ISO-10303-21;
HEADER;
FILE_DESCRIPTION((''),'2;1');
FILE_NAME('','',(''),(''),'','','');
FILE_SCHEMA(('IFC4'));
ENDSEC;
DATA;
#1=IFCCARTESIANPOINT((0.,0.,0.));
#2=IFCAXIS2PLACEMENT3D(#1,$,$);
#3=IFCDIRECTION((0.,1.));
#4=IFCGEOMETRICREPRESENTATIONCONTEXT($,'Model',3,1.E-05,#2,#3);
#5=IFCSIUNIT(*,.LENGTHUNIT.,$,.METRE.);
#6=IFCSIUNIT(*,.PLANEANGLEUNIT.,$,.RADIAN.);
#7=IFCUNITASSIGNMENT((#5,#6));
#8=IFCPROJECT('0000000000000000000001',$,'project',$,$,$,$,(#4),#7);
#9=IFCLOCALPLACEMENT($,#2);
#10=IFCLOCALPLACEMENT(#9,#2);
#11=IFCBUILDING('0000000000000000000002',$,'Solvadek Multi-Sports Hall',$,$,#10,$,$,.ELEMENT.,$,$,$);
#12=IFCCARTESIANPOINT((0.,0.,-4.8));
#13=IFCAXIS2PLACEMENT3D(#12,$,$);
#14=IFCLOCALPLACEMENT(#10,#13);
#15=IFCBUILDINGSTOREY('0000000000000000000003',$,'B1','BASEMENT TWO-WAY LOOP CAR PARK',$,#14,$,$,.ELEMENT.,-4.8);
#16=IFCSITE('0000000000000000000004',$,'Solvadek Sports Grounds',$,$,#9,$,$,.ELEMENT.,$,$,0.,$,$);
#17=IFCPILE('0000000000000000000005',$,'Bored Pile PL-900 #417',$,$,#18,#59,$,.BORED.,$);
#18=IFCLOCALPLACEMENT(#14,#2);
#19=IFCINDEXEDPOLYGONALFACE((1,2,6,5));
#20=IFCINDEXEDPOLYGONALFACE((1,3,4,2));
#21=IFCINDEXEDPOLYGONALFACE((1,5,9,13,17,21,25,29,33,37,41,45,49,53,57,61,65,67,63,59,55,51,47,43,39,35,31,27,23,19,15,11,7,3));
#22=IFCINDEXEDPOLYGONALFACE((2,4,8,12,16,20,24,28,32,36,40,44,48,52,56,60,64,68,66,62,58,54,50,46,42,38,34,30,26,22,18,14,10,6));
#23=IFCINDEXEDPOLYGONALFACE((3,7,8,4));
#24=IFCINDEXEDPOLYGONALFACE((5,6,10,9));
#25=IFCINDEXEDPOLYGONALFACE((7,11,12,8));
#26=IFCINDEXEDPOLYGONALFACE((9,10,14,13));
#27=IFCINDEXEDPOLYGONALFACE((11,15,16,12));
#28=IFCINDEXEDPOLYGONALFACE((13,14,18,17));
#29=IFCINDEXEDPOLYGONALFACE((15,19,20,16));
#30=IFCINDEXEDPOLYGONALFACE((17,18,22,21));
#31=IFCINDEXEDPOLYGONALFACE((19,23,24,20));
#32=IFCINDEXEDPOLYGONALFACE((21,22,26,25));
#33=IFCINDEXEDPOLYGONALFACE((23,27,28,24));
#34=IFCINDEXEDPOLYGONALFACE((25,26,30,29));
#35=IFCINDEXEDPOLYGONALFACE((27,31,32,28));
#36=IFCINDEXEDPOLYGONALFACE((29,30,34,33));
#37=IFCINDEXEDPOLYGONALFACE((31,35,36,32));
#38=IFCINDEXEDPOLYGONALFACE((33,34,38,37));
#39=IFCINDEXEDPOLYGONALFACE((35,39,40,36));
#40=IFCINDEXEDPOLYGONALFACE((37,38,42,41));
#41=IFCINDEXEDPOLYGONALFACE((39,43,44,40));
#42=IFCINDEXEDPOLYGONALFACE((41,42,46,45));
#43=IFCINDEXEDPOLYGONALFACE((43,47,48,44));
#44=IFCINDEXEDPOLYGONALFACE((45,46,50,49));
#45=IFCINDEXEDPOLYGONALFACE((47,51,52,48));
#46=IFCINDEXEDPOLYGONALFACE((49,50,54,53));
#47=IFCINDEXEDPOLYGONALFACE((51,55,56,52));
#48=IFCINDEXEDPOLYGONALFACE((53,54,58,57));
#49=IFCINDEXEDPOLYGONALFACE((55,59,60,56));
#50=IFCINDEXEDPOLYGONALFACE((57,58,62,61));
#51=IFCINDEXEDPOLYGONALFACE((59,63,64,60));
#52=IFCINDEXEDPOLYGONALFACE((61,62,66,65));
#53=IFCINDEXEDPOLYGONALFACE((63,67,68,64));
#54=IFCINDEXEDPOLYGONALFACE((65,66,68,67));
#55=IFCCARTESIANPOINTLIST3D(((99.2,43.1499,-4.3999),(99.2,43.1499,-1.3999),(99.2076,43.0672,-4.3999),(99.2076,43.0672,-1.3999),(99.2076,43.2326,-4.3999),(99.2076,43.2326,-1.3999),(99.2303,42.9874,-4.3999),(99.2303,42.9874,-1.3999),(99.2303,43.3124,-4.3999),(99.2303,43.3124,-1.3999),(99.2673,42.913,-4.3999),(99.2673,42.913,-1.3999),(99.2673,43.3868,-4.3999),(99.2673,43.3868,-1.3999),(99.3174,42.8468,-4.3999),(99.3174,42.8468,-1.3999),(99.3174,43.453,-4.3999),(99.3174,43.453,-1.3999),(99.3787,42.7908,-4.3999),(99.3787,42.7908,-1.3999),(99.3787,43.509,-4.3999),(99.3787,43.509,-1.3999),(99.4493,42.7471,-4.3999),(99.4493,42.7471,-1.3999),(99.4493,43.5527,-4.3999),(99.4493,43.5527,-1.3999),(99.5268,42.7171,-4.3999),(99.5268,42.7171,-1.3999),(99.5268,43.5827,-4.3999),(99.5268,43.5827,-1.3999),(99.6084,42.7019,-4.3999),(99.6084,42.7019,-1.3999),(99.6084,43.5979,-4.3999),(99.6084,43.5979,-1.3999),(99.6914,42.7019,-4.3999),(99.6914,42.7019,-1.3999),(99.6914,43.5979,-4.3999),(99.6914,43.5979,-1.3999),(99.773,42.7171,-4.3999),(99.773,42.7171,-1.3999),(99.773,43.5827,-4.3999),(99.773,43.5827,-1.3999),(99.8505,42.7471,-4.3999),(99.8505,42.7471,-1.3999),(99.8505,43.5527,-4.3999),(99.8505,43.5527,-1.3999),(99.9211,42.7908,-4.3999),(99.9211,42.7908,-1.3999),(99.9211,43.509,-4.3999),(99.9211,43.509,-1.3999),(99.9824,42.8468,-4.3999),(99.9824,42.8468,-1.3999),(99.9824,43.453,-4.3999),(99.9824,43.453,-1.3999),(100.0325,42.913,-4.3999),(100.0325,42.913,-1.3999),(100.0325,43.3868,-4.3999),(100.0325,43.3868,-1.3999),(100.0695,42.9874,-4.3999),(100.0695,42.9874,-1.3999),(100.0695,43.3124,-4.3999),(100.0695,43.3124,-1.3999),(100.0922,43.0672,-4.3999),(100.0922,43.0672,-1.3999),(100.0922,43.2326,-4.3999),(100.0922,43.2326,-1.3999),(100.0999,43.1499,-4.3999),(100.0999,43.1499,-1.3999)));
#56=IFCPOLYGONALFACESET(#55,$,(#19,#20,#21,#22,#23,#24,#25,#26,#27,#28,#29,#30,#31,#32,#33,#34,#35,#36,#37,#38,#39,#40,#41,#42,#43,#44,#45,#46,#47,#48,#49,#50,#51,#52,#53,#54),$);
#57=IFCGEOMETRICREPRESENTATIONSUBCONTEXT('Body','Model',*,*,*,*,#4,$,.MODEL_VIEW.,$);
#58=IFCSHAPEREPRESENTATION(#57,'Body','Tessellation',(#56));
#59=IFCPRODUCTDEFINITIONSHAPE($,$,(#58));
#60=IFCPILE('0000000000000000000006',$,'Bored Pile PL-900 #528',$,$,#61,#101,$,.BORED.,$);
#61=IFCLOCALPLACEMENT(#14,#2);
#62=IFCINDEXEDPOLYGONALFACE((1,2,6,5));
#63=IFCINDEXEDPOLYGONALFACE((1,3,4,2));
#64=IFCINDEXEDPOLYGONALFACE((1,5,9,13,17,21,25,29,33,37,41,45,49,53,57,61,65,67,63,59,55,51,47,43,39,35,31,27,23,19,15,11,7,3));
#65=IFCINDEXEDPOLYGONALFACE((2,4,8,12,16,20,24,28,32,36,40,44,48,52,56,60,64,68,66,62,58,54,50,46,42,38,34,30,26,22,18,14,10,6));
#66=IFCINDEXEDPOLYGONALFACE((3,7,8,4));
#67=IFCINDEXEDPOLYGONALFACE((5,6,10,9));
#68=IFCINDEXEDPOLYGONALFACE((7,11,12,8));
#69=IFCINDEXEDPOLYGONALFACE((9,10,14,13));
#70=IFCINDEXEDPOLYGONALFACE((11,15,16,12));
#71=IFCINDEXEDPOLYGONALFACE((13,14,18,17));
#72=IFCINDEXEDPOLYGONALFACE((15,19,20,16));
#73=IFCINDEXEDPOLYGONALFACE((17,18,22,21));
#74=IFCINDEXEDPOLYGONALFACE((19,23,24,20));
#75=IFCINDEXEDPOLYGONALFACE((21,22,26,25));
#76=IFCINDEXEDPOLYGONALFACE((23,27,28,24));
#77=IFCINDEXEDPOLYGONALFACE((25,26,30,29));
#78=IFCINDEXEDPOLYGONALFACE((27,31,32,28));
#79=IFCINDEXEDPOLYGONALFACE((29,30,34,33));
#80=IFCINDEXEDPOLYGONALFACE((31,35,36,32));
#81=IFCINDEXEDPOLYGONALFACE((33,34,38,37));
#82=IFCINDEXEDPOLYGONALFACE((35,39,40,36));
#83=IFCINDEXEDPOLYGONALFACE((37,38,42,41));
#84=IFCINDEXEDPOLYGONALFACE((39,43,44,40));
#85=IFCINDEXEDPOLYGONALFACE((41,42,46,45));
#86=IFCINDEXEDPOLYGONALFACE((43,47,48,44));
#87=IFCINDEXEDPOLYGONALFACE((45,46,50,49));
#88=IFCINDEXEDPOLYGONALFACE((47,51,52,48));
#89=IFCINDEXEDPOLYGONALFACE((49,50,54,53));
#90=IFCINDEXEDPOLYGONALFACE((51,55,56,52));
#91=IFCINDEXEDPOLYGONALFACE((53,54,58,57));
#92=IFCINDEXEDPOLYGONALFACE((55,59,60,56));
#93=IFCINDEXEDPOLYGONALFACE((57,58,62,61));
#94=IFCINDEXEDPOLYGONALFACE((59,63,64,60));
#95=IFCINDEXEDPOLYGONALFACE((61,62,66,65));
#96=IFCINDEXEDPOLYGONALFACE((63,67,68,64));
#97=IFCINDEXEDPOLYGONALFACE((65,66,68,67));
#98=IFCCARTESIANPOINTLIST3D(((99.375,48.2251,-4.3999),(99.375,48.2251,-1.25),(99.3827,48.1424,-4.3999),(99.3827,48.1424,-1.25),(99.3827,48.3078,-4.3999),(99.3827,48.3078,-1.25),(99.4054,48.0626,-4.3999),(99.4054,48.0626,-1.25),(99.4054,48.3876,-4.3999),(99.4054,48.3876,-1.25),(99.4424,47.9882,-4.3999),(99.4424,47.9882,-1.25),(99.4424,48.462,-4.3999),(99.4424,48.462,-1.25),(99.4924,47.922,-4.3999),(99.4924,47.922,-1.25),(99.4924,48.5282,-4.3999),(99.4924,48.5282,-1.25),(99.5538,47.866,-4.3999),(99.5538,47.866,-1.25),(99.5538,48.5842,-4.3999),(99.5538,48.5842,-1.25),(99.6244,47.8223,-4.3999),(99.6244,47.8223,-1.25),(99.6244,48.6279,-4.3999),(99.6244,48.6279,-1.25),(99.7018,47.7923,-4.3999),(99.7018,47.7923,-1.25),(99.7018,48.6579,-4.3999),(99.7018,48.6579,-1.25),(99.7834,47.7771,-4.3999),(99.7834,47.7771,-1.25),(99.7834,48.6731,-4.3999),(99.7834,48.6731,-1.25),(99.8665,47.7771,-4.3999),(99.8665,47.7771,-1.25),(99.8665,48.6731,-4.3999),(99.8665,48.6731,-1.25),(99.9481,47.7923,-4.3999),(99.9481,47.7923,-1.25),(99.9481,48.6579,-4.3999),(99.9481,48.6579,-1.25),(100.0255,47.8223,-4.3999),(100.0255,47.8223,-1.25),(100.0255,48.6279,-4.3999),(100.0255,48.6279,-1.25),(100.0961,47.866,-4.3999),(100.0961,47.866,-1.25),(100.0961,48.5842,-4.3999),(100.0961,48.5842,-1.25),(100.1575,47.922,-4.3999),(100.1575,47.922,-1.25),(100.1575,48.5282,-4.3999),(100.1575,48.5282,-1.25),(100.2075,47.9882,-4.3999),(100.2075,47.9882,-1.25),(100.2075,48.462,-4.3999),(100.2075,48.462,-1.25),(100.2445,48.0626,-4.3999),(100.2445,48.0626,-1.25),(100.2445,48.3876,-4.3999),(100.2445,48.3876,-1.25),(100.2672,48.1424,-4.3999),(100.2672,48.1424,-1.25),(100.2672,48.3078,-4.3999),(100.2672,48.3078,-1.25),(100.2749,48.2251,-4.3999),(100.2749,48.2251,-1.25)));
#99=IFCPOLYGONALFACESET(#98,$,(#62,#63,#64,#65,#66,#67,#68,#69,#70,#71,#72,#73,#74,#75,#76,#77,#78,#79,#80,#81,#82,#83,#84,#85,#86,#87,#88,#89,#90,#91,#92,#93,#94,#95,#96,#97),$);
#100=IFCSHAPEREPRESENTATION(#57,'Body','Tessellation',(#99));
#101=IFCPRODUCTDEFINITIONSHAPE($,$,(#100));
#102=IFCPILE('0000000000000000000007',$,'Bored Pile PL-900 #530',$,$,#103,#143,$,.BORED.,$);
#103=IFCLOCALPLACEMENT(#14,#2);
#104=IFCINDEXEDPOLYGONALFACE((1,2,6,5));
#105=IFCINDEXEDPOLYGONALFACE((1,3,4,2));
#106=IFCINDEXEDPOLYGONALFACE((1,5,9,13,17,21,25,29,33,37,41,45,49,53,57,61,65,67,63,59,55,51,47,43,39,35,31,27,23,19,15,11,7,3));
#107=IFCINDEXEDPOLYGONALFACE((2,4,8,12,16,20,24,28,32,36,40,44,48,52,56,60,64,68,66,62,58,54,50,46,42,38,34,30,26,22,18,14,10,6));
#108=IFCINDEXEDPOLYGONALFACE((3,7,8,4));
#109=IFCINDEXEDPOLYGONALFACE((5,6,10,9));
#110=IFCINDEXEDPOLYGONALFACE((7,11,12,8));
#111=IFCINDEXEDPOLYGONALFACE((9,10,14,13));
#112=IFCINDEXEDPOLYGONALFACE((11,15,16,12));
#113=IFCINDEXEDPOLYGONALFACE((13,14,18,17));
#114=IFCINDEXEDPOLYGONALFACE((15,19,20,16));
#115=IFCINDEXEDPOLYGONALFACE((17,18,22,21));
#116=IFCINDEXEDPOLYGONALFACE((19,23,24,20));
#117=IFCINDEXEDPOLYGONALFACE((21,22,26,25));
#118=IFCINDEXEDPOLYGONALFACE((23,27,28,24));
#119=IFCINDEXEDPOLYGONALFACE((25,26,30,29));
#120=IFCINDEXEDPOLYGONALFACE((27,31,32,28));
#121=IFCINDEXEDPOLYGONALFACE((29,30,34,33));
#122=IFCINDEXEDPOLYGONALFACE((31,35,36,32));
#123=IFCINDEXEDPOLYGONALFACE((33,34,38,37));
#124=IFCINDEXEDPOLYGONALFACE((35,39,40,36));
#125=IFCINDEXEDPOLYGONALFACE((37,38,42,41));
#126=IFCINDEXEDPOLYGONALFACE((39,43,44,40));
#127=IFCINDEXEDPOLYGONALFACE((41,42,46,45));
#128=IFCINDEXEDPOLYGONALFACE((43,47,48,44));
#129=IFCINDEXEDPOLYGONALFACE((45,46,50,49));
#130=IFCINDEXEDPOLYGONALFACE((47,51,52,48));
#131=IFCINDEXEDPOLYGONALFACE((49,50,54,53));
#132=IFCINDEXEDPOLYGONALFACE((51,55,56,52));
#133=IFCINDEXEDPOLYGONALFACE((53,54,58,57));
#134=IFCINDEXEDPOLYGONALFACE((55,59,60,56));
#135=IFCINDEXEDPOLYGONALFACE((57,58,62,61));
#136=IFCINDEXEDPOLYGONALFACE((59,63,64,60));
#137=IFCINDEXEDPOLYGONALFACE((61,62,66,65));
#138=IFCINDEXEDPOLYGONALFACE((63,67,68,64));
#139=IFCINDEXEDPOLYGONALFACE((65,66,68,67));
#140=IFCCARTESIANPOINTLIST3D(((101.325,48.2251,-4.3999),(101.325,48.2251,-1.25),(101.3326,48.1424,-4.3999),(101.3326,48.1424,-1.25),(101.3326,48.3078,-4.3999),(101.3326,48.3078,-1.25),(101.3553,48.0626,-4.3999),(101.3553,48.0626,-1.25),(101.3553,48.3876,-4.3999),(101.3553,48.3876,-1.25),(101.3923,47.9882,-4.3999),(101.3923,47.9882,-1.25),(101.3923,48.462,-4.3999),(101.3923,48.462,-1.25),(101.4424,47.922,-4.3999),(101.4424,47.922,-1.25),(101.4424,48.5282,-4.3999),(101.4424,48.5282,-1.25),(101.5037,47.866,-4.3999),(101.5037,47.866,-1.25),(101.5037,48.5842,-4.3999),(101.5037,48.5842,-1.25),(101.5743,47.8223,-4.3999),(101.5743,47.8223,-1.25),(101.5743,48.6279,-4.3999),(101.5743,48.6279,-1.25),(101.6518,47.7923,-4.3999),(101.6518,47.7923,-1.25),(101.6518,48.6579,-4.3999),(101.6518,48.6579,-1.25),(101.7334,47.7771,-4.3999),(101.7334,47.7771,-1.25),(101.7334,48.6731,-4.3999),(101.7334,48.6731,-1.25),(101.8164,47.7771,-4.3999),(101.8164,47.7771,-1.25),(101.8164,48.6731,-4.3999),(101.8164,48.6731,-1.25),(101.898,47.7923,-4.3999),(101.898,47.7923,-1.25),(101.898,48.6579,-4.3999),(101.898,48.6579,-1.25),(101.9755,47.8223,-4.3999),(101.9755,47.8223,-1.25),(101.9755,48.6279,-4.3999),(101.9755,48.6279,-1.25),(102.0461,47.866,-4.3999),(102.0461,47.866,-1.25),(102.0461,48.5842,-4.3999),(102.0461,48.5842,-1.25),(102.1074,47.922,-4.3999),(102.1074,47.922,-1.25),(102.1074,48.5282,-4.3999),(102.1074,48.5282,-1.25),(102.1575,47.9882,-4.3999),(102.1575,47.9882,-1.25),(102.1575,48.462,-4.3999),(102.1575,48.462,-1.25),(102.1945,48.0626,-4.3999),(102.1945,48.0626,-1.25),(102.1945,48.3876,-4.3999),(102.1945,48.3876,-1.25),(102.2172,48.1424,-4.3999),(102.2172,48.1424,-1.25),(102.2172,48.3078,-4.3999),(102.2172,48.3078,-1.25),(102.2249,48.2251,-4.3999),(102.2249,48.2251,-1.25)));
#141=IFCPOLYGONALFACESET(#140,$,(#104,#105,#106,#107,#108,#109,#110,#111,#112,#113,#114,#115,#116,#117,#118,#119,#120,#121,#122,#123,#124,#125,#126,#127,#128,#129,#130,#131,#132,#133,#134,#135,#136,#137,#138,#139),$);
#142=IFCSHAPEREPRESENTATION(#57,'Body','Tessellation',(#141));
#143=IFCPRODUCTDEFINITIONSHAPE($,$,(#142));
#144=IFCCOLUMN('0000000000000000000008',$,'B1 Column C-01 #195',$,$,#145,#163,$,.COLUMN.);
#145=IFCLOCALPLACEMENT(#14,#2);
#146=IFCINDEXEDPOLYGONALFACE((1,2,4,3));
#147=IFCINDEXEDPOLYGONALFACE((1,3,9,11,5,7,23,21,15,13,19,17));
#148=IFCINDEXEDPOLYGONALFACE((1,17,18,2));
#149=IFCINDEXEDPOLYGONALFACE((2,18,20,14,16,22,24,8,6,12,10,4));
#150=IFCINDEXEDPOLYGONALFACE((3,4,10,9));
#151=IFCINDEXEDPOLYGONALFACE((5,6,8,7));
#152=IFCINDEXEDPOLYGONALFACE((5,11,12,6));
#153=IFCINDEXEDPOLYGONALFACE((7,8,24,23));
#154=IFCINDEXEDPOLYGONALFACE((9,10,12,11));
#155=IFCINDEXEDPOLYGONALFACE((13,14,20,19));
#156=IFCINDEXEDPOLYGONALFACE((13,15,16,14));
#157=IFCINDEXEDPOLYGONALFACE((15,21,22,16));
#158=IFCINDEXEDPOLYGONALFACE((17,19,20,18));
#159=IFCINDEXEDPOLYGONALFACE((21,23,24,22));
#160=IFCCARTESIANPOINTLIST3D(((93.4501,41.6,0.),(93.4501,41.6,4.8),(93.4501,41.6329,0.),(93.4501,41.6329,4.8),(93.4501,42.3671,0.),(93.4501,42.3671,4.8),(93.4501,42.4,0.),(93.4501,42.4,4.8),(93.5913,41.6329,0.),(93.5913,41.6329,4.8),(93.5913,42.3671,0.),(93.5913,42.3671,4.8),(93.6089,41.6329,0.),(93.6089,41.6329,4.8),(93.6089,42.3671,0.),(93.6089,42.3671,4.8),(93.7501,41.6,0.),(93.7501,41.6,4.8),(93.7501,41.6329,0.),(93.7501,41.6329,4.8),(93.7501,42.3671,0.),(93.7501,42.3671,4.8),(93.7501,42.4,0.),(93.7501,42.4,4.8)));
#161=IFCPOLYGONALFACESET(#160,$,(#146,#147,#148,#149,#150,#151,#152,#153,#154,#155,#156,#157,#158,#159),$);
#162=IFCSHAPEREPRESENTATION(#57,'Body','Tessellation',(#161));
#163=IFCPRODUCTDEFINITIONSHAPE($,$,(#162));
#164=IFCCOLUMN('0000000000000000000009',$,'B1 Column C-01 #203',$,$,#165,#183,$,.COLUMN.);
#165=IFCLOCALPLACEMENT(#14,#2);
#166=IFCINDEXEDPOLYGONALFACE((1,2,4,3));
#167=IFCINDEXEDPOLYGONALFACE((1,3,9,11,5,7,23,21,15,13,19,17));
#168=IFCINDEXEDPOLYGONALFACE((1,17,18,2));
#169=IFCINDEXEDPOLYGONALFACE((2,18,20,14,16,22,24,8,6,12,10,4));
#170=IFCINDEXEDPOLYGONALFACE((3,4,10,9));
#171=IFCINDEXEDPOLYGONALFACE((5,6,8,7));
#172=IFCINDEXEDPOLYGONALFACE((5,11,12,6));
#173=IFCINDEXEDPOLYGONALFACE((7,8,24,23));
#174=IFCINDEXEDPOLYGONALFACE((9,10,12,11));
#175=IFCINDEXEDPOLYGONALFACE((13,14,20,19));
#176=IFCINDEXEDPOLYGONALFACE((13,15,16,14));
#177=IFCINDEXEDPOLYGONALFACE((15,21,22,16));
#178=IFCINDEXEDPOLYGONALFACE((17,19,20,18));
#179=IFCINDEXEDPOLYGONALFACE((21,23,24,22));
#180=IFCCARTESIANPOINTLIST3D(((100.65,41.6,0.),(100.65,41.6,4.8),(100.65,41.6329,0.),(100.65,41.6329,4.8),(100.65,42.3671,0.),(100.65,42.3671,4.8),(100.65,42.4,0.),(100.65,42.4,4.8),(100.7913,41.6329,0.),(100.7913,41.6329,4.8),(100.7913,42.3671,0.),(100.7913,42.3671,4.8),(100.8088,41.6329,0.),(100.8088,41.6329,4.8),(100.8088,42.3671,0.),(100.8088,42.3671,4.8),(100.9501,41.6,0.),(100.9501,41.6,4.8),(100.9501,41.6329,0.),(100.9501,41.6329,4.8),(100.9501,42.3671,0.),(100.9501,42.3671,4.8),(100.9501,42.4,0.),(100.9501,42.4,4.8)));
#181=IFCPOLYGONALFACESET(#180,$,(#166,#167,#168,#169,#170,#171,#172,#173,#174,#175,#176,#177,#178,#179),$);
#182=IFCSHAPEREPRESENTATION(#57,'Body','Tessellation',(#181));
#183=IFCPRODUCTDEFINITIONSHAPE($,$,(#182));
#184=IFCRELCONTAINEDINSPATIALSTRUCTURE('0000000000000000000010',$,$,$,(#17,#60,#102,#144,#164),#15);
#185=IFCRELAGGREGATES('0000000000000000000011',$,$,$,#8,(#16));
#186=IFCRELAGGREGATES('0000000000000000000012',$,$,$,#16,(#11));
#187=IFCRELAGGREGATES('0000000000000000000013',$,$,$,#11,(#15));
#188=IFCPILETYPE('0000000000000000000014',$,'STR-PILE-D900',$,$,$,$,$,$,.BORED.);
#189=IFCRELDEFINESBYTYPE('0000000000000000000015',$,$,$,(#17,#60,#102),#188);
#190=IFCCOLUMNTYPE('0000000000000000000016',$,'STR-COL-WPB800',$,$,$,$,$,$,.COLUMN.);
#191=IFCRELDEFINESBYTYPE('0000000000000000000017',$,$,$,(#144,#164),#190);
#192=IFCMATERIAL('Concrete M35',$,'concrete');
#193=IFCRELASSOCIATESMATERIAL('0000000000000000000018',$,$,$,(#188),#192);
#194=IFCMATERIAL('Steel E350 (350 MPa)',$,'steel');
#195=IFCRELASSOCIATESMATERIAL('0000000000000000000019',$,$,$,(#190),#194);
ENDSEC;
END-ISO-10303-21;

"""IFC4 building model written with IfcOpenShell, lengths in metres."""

from ifc_helpers import new_model, si_unit, direction, frame, origin, origin_2d, place, context, subcontext, project, spatial, circle, i_section, extrude, material, material_profile, profile_set, type_object, element, save


model = new_model("IFC4")

# Units and contexts
model_context = context("Model", 3, precision=1e-05, world=origin(), true_north=direction((0.0, 1.0)))
body_context = subcontext(model_context, "Body", "Model", "MODEL_VIEW")
ifc_project = project(units=[si_unit("LENGTHUNIT", "METRE"), si_unit("PLANEANGLEUNIT", "RADIAN")], contexts=[model_context])

# Site, building, storey
site_placement = place(None, origin())
site = spatial("IfcSite", under=ifc_project, at=site_placement, Name="Solvadek Sports Grounds", CompositionType="ELEMENT", RefElevation=0.0)
building_placement = place(site_placement, origin())
building = spatial("IfcBuilding", under=site, at=building_placement, Name="Solvadek Multi-Sports Hall", CompositionType="ELEMENT")
storey_placement = place(building_placement, frame((0.0, 0.0, -4.8)))
storey = spatial("IfcBuildingStorey", under=building, at=storey_placement, Name="B1", Description="BASEMENT TWO-WAY LOOP CAR PARK", CompositionType="ELEMENT", Elevation=-4.8)

# Piles
ifc_material_1 = material(Name="Concrete M35", Category="concrete")
ifc_material_profile_1 = material_profile(ifc_material_1, circle(Radius=0.45, at=origin_2d()), Name="BORED PILE D900")
ifc_profile_set_1 = profile_set([ifc_material_profile_1], Name="Concrete M35")
pile_type = type_object("IfcPileType", Name="STR-PILE-D900", PredefinedType="BORED", material=ifc_profile_set_1)
for number, where, z_axis, x_axis, name in (
    (1, (99.6499, 43.1499, -1.3999), (0.0, 0.0, -1.0), (1.0, 0.0, 0.0), "Bored Pile PL-900 #417"),
):
    element("IfcPile", number, at=place(storey_placement, frame(where, z_axis=z_axis, x_axis=x_axis)), inside=storey, type_object=pile_type, Name=name, PredefinedType="BORED", context=body_context, shape_type="SweptSolid", body=[
        extrude(circle(Radius=0.45, at=origin_2d()), origin(), (0.0, 0.0, 1.0), 3.0),
    ])
for number, where, z_axis, x_axis, name in (
    (2, (99.825, 48.2251, -1.25), (0.0, 0.0, -1.0), (1.0, 0.0, 0.0), "Bored Pile PL-900 #528"),
    (3, (101.7749, 48.2251, -1.25), (0.0, 0.0, -1.0), (1.0, 0.0, 0.0), "Bored Pile PL-900 #530"),
):
    element("IfcPile", number, at=place(storey_placement, frame(where, z_axis=z_axis, x_axis=x_axis)), inside=storey, type_object=pile_type, Name=name, PredefinedType="BORED", context=body_context, shape_type="SweptSolid", body=[
        extrude(circle(Radius=0.45, at=origin_2d()), origin(), (0.0, 0.0, 1.0), 3.1499),
    ])

# Columns
ifc_material_2 = material(Name="Steel E350 (350 MPa)", Category="steel")
ifc_material_profile_2 = material_profile(ifc_material_2, i_section(OverallWidth=0.3, OverallDepth=0.8, WebThickness=0.0176, FlangeThickness=0.033, at=origin_2d()), Name="WPB 800")
ifc_profile_set_2 = profile_set([ifc_material_profile_2], Name="Steel E350 (350 MPa)")
column_type = type_object("IfcColumnType", Name="STR-COL-WPB800", PredefinedType="COLUMN", material=ifc_profile_set_2)
for number, where, z_axis, x_axis, name in (
    (4, (93.6001, 42.0, 0.0), (0.0, 0.0, 1.0), (1.0, 0.0, 0.0), "B1 Column C-01 #195"),
    (5, (100.8, 42.0, 0.0), (0.0, 0.0, 1.0), (1.0, 0.0, 0.0), "B1 Column C-01 #203"),
):
    element("IfcColumn", number, at=place(storey_placement, frame(where, z_axis=z_axis, x_axis=x_axis)), inside=storey, type_object=column_type, Name=name, PredefinedType="COLUMN", context=body_context, shape_type="SweptSolid", body=[
        extrude(i_section(OverallWidth=0.3, OverallDepth=0.8, WebThickness=0.0176, FlangeThickness=0.033, at=origin_2d()), origin(), (0.0, 0.0, 1.0), 4.8),
    ])

save(model, "model.ifc")
